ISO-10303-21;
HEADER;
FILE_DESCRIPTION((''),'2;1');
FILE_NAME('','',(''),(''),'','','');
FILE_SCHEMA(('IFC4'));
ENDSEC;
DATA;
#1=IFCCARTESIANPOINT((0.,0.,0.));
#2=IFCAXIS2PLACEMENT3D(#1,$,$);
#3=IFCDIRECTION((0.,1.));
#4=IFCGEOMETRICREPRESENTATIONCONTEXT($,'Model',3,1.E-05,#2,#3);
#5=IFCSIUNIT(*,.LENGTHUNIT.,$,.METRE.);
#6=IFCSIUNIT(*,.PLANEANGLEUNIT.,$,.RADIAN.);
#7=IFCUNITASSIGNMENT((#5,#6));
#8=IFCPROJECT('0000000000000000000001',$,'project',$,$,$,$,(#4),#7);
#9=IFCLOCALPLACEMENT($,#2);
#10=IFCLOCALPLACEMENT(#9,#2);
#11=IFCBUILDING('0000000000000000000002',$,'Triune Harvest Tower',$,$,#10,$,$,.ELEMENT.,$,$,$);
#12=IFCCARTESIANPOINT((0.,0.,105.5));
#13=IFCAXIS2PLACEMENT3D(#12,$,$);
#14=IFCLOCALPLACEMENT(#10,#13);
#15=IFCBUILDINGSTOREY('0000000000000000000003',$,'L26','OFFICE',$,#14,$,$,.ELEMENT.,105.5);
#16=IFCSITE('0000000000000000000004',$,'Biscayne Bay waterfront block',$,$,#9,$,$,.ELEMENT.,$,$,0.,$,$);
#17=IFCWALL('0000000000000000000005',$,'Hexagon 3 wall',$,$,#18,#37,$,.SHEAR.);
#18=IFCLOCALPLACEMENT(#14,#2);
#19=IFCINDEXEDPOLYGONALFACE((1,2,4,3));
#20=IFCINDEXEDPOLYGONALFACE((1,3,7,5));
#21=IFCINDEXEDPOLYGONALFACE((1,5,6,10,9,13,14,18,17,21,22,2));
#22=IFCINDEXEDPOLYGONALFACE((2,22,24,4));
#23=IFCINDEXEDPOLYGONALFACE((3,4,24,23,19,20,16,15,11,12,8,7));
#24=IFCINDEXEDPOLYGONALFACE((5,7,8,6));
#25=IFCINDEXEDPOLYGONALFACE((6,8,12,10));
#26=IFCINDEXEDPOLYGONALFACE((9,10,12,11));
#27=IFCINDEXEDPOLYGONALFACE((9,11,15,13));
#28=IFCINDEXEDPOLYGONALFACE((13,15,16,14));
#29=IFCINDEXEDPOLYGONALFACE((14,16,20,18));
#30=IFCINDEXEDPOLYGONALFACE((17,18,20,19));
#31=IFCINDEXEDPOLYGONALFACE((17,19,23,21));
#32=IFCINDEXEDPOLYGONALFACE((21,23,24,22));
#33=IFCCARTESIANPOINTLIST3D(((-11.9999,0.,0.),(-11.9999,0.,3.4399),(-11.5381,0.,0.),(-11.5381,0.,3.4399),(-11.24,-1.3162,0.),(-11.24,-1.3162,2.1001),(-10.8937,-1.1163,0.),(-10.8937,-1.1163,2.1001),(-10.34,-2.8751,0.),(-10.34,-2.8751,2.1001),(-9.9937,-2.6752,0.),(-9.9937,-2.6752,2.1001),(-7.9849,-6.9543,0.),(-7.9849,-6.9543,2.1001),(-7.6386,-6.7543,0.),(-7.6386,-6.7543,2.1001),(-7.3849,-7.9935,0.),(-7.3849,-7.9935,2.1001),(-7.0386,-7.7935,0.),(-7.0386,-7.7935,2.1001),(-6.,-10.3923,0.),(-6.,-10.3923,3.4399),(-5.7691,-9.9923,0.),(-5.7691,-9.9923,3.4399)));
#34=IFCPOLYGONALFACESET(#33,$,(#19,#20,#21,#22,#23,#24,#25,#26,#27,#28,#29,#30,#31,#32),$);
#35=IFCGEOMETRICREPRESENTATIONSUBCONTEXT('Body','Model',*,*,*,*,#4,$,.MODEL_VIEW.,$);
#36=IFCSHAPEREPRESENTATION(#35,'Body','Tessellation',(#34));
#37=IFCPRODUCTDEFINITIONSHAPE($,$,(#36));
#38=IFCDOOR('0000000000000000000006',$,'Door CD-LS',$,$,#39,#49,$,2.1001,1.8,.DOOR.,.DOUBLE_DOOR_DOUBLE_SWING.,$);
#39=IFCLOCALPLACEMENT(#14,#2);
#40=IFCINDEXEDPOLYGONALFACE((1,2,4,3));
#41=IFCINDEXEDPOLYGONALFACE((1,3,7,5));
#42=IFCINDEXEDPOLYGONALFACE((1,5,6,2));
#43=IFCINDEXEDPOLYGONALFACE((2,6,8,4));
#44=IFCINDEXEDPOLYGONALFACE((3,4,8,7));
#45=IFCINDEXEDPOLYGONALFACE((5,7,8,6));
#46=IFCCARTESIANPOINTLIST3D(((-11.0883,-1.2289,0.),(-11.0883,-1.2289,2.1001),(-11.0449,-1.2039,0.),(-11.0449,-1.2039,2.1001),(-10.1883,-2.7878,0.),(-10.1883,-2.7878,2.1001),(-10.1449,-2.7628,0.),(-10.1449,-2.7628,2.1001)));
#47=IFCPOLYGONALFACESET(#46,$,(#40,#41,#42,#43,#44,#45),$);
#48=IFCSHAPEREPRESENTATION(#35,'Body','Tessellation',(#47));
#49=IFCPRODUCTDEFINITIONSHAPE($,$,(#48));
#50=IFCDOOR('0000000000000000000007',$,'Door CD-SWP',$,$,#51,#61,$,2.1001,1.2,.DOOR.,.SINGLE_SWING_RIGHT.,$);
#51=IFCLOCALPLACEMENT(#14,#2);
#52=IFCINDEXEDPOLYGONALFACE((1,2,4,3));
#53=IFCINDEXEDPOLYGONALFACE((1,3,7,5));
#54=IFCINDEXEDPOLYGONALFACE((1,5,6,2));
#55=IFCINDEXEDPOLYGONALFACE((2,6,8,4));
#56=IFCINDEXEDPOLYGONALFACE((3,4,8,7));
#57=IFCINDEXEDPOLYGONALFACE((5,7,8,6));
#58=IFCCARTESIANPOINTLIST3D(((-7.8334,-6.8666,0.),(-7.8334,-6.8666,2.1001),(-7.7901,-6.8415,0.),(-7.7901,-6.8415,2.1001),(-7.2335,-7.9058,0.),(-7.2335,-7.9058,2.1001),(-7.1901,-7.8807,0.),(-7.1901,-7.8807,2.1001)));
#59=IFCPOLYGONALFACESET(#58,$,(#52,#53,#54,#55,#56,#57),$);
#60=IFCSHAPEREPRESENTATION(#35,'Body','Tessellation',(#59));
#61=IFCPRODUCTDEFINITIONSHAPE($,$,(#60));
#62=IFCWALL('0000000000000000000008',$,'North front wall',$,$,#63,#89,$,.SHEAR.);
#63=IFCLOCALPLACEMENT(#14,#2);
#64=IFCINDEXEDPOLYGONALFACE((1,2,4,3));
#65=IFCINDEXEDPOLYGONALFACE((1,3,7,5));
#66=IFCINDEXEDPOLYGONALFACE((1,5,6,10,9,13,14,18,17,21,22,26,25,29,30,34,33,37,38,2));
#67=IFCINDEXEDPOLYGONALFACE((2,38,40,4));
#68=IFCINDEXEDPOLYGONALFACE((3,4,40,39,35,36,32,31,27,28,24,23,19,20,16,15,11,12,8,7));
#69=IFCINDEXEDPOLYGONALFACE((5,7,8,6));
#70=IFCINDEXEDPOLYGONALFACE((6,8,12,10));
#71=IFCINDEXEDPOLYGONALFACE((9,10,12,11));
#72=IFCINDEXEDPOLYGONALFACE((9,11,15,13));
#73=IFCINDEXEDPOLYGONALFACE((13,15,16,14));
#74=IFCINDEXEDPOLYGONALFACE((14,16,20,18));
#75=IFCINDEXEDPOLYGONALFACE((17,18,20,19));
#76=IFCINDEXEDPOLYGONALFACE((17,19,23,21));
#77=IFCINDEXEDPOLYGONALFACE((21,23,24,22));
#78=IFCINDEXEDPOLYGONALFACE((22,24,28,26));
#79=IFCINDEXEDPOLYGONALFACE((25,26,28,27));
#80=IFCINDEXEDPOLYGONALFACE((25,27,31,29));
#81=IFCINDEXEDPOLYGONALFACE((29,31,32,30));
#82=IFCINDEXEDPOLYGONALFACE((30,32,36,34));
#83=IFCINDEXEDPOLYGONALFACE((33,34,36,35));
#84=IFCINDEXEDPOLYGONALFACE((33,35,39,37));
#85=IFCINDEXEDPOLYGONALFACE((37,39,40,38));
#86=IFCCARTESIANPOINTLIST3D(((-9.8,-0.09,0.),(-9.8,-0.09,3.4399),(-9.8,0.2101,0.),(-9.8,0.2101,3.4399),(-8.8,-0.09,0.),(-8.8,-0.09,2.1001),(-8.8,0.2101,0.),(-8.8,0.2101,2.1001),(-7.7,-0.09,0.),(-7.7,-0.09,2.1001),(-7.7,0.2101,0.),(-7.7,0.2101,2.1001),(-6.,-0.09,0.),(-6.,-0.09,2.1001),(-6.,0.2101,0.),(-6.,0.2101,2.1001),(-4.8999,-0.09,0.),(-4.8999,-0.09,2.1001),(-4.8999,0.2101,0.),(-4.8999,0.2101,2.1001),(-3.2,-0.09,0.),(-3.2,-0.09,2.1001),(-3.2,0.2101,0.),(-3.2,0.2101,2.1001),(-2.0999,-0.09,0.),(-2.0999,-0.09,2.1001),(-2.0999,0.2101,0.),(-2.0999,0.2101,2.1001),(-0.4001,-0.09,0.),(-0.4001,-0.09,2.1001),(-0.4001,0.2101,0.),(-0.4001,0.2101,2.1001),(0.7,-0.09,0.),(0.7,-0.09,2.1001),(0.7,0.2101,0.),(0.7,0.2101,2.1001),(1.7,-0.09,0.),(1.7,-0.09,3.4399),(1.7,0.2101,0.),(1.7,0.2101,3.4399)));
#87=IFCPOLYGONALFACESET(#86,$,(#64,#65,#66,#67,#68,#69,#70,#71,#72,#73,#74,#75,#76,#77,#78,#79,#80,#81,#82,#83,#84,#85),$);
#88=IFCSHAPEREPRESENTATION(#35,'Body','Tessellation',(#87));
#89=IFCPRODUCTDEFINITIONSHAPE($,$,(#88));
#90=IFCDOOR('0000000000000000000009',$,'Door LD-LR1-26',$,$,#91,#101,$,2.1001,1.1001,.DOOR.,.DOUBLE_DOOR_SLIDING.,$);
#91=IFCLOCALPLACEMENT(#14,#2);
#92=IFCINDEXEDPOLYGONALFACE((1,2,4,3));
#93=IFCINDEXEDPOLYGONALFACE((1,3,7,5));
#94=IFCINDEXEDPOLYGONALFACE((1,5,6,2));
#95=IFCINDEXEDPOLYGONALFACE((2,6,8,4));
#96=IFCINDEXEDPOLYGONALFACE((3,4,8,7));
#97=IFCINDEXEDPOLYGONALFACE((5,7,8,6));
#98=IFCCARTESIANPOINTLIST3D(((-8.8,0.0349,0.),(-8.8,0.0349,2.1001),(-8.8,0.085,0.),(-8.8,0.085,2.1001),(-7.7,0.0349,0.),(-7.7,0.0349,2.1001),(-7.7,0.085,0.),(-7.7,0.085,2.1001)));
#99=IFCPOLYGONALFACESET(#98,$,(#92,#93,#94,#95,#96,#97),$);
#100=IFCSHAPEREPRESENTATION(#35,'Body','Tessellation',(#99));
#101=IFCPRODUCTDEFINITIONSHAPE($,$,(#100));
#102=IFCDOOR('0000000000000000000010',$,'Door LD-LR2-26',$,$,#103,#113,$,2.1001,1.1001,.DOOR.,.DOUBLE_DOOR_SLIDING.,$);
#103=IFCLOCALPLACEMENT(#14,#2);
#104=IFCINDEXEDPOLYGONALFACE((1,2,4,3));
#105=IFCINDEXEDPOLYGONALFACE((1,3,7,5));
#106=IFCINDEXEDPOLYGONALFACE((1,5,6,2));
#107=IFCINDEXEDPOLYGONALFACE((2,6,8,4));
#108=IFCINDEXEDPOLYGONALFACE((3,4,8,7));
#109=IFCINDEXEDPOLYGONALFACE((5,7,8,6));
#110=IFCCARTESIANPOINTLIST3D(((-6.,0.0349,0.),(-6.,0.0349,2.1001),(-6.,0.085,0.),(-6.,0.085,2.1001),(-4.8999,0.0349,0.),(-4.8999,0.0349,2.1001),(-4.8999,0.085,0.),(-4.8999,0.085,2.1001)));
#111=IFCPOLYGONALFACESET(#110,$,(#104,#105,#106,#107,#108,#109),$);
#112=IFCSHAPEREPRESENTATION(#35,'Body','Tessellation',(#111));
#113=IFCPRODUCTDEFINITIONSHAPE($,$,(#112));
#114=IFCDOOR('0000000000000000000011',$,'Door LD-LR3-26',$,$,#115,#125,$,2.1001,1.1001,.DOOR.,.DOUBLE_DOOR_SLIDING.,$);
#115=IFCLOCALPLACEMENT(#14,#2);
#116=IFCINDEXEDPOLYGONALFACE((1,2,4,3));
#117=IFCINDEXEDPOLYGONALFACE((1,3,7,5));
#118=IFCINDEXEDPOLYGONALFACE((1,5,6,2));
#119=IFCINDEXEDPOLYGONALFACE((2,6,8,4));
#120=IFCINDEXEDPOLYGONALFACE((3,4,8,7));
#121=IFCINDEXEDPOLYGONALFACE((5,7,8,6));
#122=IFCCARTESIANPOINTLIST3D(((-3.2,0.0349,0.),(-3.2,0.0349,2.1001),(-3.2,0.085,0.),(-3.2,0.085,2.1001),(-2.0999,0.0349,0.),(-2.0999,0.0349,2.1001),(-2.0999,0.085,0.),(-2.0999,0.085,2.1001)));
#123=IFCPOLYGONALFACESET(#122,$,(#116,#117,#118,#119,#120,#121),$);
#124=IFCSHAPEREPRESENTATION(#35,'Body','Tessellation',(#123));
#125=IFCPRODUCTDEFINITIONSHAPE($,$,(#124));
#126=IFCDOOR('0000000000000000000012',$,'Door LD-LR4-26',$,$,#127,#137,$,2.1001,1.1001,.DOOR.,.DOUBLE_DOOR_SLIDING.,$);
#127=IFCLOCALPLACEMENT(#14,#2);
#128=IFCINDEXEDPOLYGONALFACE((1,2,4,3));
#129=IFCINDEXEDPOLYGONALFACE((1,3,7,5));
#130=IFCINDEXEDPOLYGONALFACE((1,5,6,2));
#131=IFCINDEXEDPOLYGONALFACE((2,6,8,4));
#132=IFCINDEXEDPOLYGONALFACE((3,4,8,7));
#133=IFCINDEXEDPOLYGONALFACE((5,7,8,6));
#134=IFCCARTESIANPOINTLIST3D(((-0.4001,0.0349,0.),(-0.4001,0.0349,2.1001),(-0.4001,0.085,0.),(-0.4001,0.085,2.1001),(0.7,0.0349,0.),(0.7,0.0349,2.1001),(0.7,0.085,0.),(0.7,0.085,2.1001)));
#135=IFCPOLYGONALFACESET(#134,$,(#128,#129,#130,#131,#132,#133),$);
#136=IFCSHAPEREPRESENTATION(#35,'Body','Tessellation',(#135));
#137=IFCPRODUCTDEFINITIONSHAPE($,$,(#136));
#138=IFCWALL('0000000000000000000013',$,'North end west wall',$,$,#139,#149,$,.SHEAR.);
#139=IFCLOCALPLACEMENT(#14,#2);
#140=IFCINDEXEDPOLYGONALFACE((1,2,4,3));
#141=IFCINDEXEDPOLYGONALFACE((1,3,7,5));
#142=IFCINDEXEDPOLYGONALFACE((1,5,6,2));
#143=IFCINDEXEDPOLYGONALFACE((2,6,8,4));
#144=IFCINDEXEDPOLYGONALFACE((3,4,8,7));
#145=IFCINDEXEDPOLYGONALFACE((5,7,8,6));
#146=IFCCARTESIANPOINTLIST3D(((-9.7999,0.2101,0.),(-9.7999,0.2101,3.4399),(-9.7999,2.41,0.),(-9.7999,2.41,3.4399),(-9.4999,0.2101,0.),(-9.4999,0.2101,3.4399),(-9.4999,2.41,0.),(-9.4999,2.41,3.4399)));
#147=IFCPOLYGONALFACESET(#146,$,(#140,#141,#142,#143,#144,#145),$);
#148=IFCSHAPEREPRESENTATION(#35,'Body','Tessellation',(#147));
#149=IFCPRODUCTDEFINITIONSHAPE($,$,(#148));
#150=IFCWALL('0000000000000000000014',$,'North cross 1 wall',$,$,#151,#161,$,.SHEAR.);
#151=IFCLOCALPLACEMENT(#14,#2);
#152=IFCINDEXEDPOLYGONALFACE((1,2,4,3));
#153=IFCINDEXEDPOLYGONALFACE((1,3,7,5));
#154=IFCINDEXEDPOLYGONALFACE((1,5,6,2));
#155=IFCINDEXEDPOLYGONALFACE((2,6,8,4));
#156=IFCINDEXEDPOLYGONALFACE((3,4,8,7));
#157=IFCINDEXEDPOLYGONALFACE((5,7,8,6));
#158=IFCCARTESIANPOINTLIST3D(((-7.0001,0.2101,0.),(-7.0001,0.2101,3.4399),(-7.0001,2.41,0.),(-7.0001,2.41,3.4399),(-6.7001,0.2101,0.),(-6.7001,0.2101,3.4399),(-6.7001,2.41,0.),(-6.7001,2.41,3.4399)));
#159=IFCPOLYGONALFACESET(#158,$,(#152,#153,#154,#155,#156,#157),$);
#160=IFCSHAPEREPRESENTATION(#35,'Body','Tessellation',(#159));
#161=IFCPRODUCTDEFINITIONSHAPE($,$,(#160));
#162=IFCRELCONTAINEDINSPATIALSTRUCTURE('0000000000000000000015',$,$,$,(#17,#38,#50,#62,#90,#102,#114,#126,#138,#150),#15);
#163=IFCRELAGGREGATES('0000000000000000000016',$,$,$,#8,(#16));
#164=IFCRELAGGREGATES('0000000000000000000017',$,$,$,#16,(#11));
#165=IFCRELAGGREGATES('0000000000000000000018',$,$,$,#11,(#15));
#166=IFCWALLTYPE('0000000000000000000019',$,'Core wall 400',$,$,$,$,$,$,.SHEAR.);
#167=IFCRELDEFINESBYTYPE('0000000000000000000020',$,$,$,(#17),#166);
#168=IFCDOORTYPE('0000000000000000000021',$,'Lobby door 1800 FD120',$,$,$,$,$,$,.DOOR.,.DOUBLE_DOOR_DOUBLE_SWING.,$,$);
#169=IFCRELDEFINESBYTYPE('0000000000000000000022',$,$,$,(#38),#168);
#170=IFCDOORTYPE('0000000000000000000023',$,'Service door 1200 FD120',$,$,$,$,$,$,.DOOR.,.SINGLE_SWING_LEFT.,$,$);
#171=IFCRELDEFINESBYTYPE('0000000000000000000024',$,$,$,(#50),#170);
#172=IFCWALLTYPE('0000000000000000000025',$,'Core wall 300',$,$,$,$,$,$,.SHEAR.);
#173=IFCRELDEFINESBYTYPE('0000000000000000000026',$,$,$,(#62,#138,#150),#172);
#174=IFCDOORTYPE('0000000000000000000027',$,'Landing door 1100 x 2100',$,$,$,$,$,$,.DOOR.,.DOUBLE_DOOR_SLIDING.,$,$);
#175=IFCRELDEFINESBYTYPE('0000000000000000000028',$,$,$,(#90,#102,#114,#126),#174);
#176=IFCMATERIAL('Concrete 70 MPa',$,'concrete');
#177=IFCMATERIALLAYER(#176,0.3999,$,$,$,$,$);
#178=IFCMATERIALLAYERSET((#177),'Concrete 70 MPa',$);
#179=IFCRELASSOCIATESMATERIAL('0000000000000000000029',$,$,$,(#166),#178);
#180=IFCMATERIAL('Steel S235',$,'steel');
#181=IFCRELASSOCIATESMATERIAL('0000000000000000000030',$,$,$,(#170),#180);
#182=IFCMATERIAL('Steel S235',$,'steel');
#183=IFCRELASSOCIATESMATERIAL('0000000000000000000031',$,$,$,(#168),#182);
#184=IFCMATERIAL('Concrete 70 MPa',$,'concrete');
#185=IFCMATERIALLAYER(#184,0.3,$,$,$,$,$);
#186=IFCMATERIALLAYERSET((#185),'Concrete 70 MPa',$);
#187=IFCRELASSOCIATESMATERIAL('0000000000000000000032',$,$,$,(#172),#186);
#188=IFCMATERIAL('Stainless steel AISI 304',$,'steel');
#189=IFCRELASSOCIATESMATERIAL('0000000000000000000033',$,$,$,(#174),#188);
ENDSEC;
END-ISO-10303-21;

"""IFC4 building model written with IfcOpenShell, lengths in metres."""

from ifc_helpers import new_model, si_unit, direction, frame, frame_2d, origin, place, context, subcontext, project, spatial, polyline, rectangle, outline, extrude, source, transform, mapped, material, layer, layer_set, type_object, element, fill, save


model = new_model("IFC4")

# Units and contexts
model_context = context("Model", 3, precision=1e-05, world=origin(), true_north=direction((0.0, 1.0)))
body_context = subcontext(model_context, "Body", "Model", "MODEL_VIEW")
ifc_project = project(units=[si_unit("LENGTHUNIT", "METRE"), si_unit("PLANEANGLEUNIT", "RADIAN")], contexts=[model_context])

# Site, building, storey
site_placement = place(None, origin())
site = spatial("IfcSite", under=ifc_project, at=site_placement, Name="Biscayne Bay waterfront block", CompositionType="ELEMENT", RefElevation=0.0)
building_placement = place(site_placement, origin())
building = spatial("IfcBuilding", under=site, at=building_placement, Name="Triune Harvest Tower", CompositionType="ELEMENT")
storey_placement = place(building_placement, frame((0.0, 0.0, 105.5)))
storey = spatial("IfcBuildingStorey", under=building, at=storey_placement, Name="L26", Description="OFFICE", CompositionType="ELEMENT", Elevation=105.5)

# Shared definitions
ifc_material_1 = material(Name="Concrete 70 MPa", Category="concrete")
ifc_layer_1 = layer(ifc_material_1, 0.3999)
ifc_layer_set_1 = layer_set([ifc_layer_1], Name="Concrete 70 MPa")
wall_type_1 = type_object("IfcWallType", Name="Core wall 400", PredefinedType="SHEAR", material=ifc_layer_set_1)
shared_shape_1 = source(origin(), body_context, "Body", "SweptSolid", [
    extrude(outline(polyline([(-0.1155, -0.2), (11.8845, -0.2), (11.6536, 0.2), (0.1155, 0.2), (-0.1155, -0.2)])), origin(), (0.0, 0.0, 1.0), 3.4399),
])
ifc_material_2 = material(Name="Steel S235", Category="steel")
door_type_1 = type_object("IfcDoorType", Name="Service door 1200 FD120", OperationType="SINGLE_SWING_LEFT", PredefinedType="DOOR", material=ifc_material_2)

# Walls, openings, doors
wall_1_placement = place(storey_placement, frame((-11.769, 0.0, 0.0), z_axis=(0.0, 0.0, 1.0), x_axis=(0.499997, -0.866027, 0.0)))
wall_1 = element("IfcWall", 1, at=wall_1_placement, inside=storey, type_object=wall_type_1, Name="Hexagon 3 wall", PredefinedType="SHEAR", context=body_context, shape_type="MappedRepresentation", body=[
    mapped(shared_shape_1, transform((0.0, 0.0, 0.0), scale=1.0)),
])
opening_1_placement = place(wall_1_placement, frame((1.4045, 0.0, 0.0)))
opening_1 = element("IfcOpeningElement", 2, at=opening_1_placement, cuts=wall_1, PredefinedType="OPENING", context=body_context, shape_type="SweptSolid", body=[
    extrude(rectangle(XDim=1.8, YDim=2.1001, at=frame_2d((0.8999, 1.05))), frame((0.0, 0.21, 0.0), z_axis=(0.0, -1.0, 0.0), x_axis=(1.0, 0.0, 0.0)), (0.0, 0.0, 1.0), 0.4199),
])
opening_2_placement = place(wall_1_placement, frame((7.9146, 0.0, 0.0)))
opening_2 = element("IfcOpeningElement", 3, at=opening_2_placement, cuts=wall_1, PredefinedType="OPENING", context=body_context, shape_type="SweptSolid", body=[
    extrude(rectangle(XDim=1.2, YDim=2.1001, at=frame_2d((0.6001, 1.05))), frame((0.0, 0.21, 0.0), z_axis=(0.0, -1.0, 0.0), x_axis=(1.0, 0.0, 0.0)), (0.0, 0.0, 1.0), 0.4199),
])
ifc_material_3 = material(Name="Steel S235", Category="steel")
door_type_2 = type_object("IfcDoorType", Name="Lobby door 1800 FD120", OperationType="DOUBLE_DOOR_DOUBLE_SWING", PredefinedType="DOOR", material=ifc_material_3)
door_1_placement = place(opening_1_placement, frame((1.8, 0.0, 0.0), z_axis=(0.0, 0.0, 1.0), x_axis=(-1.0, 0.0, 0.0)))
door_1 = element("IfcDoor", 4, at=door_1_placement, inside=storey, type_object=door_type_2, Name="Door CD-LS", OperationType="DOUBLE_DOOR_DOUBLE_SWING", OverallHeight=2.1001, OverallWidth=1.8, PredefinedType="DOOR", context=body_context, shape_type="SweptSolid", body=[
    extrude(rectangle(XDim=1.8, YDim=2.1001, at=frame_2d((0.8999, 1.05))), frame((0.0, 0.0249, 0.0), z_axis=(0.0, -1.0, 0.0), x_axis=(1.0, 0.0, 0.0)), (0.0, 0.0, 1.0), 0.05),
])
fill(opening_1, door_1)
door_2_placement = place(opening_2_placement, frame((1.2, 0.0, 0.0), z_axis=(0.0, 0.0, 1.0), x_axis=(-1.0, 0.0, 0.0)))
door_2 = element("IfcDoor", 5, at=door_2_placement, inside=storey, type_object=door_type_1, Name="Door CD-SWP", OperationType="SINGLE_SWING_RIGHT", OverallHeight=2.1001, OverallWidth=1.2, PredefinedType="DOOR", context=body_context, shape_type="SweptSolid", body=[
    extrude(rectangle(XDim=1.2, YDim=2.1001, at=frame_2d((0.6001, 1.05))), frame((0.0, 0.0249, 0.0), z_axis=(0.0, -1.0, 0.0), x_axis=(1.0, 0.0, 0.0)), (0.0, 0.0, 1.0), 0.05),
])
fill(opening_2, door_2)
ifc_material_4 = material(Name="Concrete 70 MPa", Category="concrete")
ifc_layer_2 = layer(ifc_material_4, 0.3)
ifc_layer_set_2 = layer_set([ifc_layer_2], Name="Concrete 70 MPa")
wall_type_2 = type_object("IfcWallType", Name="Core wall 300", PredefinedType="SHEAR", material=ifc_layer_set_2)
shared_shape_2 = source(origin(), body_context, "Body", "SweptSolid", [
    extrude(rectangle(XDim=11.5, YDim=0.3, at=frame_2d((5.75, 0.0))), origin(), (0.0, 0.0, 1.0), 3.4399),
])
wall_2_placement = place(storey_placement, frame((-9.8, 0.0601, 0.0), z_axis=(0.0, 0.0, 1.0), x_axis=(1.0, 0.0, 0.0)))
wall_2 = element("IfcWall", 6, at=wall_2_placement, inside=storey, type_object=wall_type_2, Name="North front wall", PredefinedType="SHEAR", context=body_context, shape_type="MappedRepresentation", body=[
    mapped(shared_shape_2, transform((0.0, 0.0, 0.0), scale=1.0)),
])
opening_3_placement = place(wall_2_placement, frame((1.0, 0.0, 0.0)))
opening_3 = element("IfcOpeningElement", 7, at=opening_3_placement, cuts=wall_2, PredefinedType="OPENING", context=body_context, shape_type="SweptSolid", body=[
    extrude(rectangle(XDim=1.1001, YDim=2.1001, at=frame_2d((0.55, 1.05))), frame((0.0, 0.1602, 0.0), z_axis=(0.0, -1.0, 0.0), x_axis=(1.0, 0.0, 0.0)), (0.0, 0.0, 1.0), 0.3201),
])
opening_4_placement = place(wall_2_placement, frame((3.8, 0.0, 0.0)))
opening_4 = element("IfcOpeningElement", 8, at=opening_4_placement, cuts=wall_2, PredefinedType="OPENING", context=body_context, shape_type="SweptSolid", body=[
    extrude(rectangle(XDim=1.1001, YDim=2.1001, at=frame_2d((0.55, 1.05))), frame((0.0, 0.1602, 0.0), z_axis=(0.0, -1.0, 0.0), x_axis=(1.0, 0.0, 0.0)), (0.0, 0.0, 1.0), 0.3201),
])
opening_5_placement = place(wall_2_placement, frame((6.6001, 0.0, 0.0)))
opening_5 = element("IfcOpeningElement", 9, at=opening_5_placement, cuts=wall_2, PredefinedType="OPENING", context=body_context, shape_type="SweptSolid", body=[
    extrude(rectangle(XDim=1.1001, YDim=2.1001, at=frame_2d((0.55, 1.05))), frame((0.0, 0.1602, 0.0), z_axis=(0.0, -1.0, 0.0), x_axis=(1.0, 0.0, 0.0)), (0.0, 0.0, 1.0), 0.3201),
])
opening_6_placement = place(wall_2_placement, frame((9.3999, 0.0, 0.0)))
opening_6 = element("IfcOpeningElement", 10, at=opening_6_placement, cuts=wall_2, PredefinedType="OPENING", context=body_context, shape_type="SweptSolid", body=[
    extrude(rectangle(XDim=1.1001, YDim=2.1001, at=frame_2d((0.55, 1.05))), frame((0.0, 0.1602, 0.0), z_axis=(0.0, -1.0, 0.0), x_axis=(1.0, 0.0, 0.0)), (0.0, 0.0, 1.0), 0.3201),
])
ifc_material_5 = material(Name="Stainless steel AISI 304", Category="steel")
door_type_3 = type_object("IfcDoorType", Name="Landing door 1100 x 2100", OperationType="DOUBLE_DOOR_SLIDING", PredefinedType="DOOR", material=ifc_material_5)
door_3_placement = place(opening_3_placement, origin())
door_3 = element("IfcDoor", 11, at=door_3_placement, inside=storey, type_object=door_type_3, Name="Door LD-LR1-26", OperationType="DOUBLE_DOOR_SLIDING", OverallHeight=2.1001, OverallWidth=1.1001, PredefinedType="DOOR", context=body_context, shape_type="SweptSolid", body=[
    extrude(rectangle(XDim=1.1001, YDim=2.1001, at=frame_2d((0.55, 1.05))), frame((0.0, 0.0249, 0.0), z_axis=(0.0, -1.0, 0.0), x_axis=(1.0, 0.0, 0.0)), (0.0, 0.0, 1.0), 0.05),
])
fill(opening_3, door_3)
door_4_placement = place(opening_4_placement, origin())
door_4 = element("IfcDoor", 12, at=door_4_placement, inside=storey, type_object=door_type_3, Name="Door LD-LR2-26", OperationType="DOUBLE_DOOR_SLIDING", OverallHeight=2.1001, OverallWidth=1.1001, PredefinedType="DOOR", context=body_context, shape_type="SweptSolid", body=[
    extrude(rectangle(XDim=1.1001, YDim=2.1001, at=frame_2d((0.55, 1.05))), frame((0.0, 0.0249, 0.0), z_axis=(0.0, -1.0, 0.0), x_axis=(1.0, 0.0, 0.0)), (0.0, 0.0, 1.0), 0.05),
])
fill(opening_4, door_4)
door_5_placement = place(opening_5_placement, origin())
door_5 = element("IfcDoor", 13, at=door_5_placement, inside=storey, type_object=door_type_3, Name="Door LD-LR3-26", OperationType="DOUBLE_DOOR_SLIDING", OverallHeight=2.1001, OverallWidth=1.1001, PredefinedType="DOOR", context=body_context, shape_type="SweptSolid", body=[
    extrude(rectangle(XDim=1.1001, YDim=2.1001, at=frame_2d((0.55, 1.05))), frame((0.0, 0.0249, 0.0), z_axis=(0.0, -1.0, 0.0), x_axis=(1.0, 0.0, 0.0)), (0.0, 0.0, 1.0), 0.05),
])
fill(opening_5, door_5)
door_6_placement = place(opening_6_placement, origin())
door_6 = element("IfcDoor", 14, at=door_6_placement, inside=storey, type_object=door_type_3, Name="Door LD-LR4-26", OperationType="DOUBLE_DOOR_SLIDING", OverallHeight=2.1001, OverallWidth=1.1001, PredefinedType="DOOR", context=body_context, shape_type="SweptSolid", body=[
    extrude(rectangle(XDim=1.1001, YDim=2.1001, at=frame_2d((0.55, 1.05))), frame((0.0, 0.0249, 0.0), z_axis=(0.0, -1.0, 0.0), x_axis=(1.0, 0.0, 0.0)), (0.0, 0.0, 1.0), 0.05),
])
fill(opening_6, door_6)

# Walls
shared_shape_3 = source(origin(), body_context, "Body", "SweptSolid", [
    extrude(rectangle(XDim=2.2, YDim=0.3, at=frame_2d((1.1001, 0.0))), origin(), (0.0, 0.0, 1.0), 3.4399),
])
for number, where, z_axis, x_axis, name in (
    (15, (-9.6499, 0.21, 0.0), (0.0, 0.0, 1.0), (0.0, 1.0, 0.0), "North end west wall"),
    (16, (-6.8501, 0.21, 0.0), (0.0, 0.0, 1.0), (0.0, 1.0, 0.0), "North cross 1 wall"),
):
    element("IfcWall", number, at=place(storey_placement, frame(where, z_axis=z_axis, x_axis=x_axis)), inside=storey, type_object=wall_type_2, Name=name, PredefinedType="SHEAR", context=body_context, shape_type="MappedRepresentation", body=[
        mapped(shared_shape_3, transform((0.0, 0.0, 0.0), scale=1.0)),
    ])

save(model, "model.ifc")
